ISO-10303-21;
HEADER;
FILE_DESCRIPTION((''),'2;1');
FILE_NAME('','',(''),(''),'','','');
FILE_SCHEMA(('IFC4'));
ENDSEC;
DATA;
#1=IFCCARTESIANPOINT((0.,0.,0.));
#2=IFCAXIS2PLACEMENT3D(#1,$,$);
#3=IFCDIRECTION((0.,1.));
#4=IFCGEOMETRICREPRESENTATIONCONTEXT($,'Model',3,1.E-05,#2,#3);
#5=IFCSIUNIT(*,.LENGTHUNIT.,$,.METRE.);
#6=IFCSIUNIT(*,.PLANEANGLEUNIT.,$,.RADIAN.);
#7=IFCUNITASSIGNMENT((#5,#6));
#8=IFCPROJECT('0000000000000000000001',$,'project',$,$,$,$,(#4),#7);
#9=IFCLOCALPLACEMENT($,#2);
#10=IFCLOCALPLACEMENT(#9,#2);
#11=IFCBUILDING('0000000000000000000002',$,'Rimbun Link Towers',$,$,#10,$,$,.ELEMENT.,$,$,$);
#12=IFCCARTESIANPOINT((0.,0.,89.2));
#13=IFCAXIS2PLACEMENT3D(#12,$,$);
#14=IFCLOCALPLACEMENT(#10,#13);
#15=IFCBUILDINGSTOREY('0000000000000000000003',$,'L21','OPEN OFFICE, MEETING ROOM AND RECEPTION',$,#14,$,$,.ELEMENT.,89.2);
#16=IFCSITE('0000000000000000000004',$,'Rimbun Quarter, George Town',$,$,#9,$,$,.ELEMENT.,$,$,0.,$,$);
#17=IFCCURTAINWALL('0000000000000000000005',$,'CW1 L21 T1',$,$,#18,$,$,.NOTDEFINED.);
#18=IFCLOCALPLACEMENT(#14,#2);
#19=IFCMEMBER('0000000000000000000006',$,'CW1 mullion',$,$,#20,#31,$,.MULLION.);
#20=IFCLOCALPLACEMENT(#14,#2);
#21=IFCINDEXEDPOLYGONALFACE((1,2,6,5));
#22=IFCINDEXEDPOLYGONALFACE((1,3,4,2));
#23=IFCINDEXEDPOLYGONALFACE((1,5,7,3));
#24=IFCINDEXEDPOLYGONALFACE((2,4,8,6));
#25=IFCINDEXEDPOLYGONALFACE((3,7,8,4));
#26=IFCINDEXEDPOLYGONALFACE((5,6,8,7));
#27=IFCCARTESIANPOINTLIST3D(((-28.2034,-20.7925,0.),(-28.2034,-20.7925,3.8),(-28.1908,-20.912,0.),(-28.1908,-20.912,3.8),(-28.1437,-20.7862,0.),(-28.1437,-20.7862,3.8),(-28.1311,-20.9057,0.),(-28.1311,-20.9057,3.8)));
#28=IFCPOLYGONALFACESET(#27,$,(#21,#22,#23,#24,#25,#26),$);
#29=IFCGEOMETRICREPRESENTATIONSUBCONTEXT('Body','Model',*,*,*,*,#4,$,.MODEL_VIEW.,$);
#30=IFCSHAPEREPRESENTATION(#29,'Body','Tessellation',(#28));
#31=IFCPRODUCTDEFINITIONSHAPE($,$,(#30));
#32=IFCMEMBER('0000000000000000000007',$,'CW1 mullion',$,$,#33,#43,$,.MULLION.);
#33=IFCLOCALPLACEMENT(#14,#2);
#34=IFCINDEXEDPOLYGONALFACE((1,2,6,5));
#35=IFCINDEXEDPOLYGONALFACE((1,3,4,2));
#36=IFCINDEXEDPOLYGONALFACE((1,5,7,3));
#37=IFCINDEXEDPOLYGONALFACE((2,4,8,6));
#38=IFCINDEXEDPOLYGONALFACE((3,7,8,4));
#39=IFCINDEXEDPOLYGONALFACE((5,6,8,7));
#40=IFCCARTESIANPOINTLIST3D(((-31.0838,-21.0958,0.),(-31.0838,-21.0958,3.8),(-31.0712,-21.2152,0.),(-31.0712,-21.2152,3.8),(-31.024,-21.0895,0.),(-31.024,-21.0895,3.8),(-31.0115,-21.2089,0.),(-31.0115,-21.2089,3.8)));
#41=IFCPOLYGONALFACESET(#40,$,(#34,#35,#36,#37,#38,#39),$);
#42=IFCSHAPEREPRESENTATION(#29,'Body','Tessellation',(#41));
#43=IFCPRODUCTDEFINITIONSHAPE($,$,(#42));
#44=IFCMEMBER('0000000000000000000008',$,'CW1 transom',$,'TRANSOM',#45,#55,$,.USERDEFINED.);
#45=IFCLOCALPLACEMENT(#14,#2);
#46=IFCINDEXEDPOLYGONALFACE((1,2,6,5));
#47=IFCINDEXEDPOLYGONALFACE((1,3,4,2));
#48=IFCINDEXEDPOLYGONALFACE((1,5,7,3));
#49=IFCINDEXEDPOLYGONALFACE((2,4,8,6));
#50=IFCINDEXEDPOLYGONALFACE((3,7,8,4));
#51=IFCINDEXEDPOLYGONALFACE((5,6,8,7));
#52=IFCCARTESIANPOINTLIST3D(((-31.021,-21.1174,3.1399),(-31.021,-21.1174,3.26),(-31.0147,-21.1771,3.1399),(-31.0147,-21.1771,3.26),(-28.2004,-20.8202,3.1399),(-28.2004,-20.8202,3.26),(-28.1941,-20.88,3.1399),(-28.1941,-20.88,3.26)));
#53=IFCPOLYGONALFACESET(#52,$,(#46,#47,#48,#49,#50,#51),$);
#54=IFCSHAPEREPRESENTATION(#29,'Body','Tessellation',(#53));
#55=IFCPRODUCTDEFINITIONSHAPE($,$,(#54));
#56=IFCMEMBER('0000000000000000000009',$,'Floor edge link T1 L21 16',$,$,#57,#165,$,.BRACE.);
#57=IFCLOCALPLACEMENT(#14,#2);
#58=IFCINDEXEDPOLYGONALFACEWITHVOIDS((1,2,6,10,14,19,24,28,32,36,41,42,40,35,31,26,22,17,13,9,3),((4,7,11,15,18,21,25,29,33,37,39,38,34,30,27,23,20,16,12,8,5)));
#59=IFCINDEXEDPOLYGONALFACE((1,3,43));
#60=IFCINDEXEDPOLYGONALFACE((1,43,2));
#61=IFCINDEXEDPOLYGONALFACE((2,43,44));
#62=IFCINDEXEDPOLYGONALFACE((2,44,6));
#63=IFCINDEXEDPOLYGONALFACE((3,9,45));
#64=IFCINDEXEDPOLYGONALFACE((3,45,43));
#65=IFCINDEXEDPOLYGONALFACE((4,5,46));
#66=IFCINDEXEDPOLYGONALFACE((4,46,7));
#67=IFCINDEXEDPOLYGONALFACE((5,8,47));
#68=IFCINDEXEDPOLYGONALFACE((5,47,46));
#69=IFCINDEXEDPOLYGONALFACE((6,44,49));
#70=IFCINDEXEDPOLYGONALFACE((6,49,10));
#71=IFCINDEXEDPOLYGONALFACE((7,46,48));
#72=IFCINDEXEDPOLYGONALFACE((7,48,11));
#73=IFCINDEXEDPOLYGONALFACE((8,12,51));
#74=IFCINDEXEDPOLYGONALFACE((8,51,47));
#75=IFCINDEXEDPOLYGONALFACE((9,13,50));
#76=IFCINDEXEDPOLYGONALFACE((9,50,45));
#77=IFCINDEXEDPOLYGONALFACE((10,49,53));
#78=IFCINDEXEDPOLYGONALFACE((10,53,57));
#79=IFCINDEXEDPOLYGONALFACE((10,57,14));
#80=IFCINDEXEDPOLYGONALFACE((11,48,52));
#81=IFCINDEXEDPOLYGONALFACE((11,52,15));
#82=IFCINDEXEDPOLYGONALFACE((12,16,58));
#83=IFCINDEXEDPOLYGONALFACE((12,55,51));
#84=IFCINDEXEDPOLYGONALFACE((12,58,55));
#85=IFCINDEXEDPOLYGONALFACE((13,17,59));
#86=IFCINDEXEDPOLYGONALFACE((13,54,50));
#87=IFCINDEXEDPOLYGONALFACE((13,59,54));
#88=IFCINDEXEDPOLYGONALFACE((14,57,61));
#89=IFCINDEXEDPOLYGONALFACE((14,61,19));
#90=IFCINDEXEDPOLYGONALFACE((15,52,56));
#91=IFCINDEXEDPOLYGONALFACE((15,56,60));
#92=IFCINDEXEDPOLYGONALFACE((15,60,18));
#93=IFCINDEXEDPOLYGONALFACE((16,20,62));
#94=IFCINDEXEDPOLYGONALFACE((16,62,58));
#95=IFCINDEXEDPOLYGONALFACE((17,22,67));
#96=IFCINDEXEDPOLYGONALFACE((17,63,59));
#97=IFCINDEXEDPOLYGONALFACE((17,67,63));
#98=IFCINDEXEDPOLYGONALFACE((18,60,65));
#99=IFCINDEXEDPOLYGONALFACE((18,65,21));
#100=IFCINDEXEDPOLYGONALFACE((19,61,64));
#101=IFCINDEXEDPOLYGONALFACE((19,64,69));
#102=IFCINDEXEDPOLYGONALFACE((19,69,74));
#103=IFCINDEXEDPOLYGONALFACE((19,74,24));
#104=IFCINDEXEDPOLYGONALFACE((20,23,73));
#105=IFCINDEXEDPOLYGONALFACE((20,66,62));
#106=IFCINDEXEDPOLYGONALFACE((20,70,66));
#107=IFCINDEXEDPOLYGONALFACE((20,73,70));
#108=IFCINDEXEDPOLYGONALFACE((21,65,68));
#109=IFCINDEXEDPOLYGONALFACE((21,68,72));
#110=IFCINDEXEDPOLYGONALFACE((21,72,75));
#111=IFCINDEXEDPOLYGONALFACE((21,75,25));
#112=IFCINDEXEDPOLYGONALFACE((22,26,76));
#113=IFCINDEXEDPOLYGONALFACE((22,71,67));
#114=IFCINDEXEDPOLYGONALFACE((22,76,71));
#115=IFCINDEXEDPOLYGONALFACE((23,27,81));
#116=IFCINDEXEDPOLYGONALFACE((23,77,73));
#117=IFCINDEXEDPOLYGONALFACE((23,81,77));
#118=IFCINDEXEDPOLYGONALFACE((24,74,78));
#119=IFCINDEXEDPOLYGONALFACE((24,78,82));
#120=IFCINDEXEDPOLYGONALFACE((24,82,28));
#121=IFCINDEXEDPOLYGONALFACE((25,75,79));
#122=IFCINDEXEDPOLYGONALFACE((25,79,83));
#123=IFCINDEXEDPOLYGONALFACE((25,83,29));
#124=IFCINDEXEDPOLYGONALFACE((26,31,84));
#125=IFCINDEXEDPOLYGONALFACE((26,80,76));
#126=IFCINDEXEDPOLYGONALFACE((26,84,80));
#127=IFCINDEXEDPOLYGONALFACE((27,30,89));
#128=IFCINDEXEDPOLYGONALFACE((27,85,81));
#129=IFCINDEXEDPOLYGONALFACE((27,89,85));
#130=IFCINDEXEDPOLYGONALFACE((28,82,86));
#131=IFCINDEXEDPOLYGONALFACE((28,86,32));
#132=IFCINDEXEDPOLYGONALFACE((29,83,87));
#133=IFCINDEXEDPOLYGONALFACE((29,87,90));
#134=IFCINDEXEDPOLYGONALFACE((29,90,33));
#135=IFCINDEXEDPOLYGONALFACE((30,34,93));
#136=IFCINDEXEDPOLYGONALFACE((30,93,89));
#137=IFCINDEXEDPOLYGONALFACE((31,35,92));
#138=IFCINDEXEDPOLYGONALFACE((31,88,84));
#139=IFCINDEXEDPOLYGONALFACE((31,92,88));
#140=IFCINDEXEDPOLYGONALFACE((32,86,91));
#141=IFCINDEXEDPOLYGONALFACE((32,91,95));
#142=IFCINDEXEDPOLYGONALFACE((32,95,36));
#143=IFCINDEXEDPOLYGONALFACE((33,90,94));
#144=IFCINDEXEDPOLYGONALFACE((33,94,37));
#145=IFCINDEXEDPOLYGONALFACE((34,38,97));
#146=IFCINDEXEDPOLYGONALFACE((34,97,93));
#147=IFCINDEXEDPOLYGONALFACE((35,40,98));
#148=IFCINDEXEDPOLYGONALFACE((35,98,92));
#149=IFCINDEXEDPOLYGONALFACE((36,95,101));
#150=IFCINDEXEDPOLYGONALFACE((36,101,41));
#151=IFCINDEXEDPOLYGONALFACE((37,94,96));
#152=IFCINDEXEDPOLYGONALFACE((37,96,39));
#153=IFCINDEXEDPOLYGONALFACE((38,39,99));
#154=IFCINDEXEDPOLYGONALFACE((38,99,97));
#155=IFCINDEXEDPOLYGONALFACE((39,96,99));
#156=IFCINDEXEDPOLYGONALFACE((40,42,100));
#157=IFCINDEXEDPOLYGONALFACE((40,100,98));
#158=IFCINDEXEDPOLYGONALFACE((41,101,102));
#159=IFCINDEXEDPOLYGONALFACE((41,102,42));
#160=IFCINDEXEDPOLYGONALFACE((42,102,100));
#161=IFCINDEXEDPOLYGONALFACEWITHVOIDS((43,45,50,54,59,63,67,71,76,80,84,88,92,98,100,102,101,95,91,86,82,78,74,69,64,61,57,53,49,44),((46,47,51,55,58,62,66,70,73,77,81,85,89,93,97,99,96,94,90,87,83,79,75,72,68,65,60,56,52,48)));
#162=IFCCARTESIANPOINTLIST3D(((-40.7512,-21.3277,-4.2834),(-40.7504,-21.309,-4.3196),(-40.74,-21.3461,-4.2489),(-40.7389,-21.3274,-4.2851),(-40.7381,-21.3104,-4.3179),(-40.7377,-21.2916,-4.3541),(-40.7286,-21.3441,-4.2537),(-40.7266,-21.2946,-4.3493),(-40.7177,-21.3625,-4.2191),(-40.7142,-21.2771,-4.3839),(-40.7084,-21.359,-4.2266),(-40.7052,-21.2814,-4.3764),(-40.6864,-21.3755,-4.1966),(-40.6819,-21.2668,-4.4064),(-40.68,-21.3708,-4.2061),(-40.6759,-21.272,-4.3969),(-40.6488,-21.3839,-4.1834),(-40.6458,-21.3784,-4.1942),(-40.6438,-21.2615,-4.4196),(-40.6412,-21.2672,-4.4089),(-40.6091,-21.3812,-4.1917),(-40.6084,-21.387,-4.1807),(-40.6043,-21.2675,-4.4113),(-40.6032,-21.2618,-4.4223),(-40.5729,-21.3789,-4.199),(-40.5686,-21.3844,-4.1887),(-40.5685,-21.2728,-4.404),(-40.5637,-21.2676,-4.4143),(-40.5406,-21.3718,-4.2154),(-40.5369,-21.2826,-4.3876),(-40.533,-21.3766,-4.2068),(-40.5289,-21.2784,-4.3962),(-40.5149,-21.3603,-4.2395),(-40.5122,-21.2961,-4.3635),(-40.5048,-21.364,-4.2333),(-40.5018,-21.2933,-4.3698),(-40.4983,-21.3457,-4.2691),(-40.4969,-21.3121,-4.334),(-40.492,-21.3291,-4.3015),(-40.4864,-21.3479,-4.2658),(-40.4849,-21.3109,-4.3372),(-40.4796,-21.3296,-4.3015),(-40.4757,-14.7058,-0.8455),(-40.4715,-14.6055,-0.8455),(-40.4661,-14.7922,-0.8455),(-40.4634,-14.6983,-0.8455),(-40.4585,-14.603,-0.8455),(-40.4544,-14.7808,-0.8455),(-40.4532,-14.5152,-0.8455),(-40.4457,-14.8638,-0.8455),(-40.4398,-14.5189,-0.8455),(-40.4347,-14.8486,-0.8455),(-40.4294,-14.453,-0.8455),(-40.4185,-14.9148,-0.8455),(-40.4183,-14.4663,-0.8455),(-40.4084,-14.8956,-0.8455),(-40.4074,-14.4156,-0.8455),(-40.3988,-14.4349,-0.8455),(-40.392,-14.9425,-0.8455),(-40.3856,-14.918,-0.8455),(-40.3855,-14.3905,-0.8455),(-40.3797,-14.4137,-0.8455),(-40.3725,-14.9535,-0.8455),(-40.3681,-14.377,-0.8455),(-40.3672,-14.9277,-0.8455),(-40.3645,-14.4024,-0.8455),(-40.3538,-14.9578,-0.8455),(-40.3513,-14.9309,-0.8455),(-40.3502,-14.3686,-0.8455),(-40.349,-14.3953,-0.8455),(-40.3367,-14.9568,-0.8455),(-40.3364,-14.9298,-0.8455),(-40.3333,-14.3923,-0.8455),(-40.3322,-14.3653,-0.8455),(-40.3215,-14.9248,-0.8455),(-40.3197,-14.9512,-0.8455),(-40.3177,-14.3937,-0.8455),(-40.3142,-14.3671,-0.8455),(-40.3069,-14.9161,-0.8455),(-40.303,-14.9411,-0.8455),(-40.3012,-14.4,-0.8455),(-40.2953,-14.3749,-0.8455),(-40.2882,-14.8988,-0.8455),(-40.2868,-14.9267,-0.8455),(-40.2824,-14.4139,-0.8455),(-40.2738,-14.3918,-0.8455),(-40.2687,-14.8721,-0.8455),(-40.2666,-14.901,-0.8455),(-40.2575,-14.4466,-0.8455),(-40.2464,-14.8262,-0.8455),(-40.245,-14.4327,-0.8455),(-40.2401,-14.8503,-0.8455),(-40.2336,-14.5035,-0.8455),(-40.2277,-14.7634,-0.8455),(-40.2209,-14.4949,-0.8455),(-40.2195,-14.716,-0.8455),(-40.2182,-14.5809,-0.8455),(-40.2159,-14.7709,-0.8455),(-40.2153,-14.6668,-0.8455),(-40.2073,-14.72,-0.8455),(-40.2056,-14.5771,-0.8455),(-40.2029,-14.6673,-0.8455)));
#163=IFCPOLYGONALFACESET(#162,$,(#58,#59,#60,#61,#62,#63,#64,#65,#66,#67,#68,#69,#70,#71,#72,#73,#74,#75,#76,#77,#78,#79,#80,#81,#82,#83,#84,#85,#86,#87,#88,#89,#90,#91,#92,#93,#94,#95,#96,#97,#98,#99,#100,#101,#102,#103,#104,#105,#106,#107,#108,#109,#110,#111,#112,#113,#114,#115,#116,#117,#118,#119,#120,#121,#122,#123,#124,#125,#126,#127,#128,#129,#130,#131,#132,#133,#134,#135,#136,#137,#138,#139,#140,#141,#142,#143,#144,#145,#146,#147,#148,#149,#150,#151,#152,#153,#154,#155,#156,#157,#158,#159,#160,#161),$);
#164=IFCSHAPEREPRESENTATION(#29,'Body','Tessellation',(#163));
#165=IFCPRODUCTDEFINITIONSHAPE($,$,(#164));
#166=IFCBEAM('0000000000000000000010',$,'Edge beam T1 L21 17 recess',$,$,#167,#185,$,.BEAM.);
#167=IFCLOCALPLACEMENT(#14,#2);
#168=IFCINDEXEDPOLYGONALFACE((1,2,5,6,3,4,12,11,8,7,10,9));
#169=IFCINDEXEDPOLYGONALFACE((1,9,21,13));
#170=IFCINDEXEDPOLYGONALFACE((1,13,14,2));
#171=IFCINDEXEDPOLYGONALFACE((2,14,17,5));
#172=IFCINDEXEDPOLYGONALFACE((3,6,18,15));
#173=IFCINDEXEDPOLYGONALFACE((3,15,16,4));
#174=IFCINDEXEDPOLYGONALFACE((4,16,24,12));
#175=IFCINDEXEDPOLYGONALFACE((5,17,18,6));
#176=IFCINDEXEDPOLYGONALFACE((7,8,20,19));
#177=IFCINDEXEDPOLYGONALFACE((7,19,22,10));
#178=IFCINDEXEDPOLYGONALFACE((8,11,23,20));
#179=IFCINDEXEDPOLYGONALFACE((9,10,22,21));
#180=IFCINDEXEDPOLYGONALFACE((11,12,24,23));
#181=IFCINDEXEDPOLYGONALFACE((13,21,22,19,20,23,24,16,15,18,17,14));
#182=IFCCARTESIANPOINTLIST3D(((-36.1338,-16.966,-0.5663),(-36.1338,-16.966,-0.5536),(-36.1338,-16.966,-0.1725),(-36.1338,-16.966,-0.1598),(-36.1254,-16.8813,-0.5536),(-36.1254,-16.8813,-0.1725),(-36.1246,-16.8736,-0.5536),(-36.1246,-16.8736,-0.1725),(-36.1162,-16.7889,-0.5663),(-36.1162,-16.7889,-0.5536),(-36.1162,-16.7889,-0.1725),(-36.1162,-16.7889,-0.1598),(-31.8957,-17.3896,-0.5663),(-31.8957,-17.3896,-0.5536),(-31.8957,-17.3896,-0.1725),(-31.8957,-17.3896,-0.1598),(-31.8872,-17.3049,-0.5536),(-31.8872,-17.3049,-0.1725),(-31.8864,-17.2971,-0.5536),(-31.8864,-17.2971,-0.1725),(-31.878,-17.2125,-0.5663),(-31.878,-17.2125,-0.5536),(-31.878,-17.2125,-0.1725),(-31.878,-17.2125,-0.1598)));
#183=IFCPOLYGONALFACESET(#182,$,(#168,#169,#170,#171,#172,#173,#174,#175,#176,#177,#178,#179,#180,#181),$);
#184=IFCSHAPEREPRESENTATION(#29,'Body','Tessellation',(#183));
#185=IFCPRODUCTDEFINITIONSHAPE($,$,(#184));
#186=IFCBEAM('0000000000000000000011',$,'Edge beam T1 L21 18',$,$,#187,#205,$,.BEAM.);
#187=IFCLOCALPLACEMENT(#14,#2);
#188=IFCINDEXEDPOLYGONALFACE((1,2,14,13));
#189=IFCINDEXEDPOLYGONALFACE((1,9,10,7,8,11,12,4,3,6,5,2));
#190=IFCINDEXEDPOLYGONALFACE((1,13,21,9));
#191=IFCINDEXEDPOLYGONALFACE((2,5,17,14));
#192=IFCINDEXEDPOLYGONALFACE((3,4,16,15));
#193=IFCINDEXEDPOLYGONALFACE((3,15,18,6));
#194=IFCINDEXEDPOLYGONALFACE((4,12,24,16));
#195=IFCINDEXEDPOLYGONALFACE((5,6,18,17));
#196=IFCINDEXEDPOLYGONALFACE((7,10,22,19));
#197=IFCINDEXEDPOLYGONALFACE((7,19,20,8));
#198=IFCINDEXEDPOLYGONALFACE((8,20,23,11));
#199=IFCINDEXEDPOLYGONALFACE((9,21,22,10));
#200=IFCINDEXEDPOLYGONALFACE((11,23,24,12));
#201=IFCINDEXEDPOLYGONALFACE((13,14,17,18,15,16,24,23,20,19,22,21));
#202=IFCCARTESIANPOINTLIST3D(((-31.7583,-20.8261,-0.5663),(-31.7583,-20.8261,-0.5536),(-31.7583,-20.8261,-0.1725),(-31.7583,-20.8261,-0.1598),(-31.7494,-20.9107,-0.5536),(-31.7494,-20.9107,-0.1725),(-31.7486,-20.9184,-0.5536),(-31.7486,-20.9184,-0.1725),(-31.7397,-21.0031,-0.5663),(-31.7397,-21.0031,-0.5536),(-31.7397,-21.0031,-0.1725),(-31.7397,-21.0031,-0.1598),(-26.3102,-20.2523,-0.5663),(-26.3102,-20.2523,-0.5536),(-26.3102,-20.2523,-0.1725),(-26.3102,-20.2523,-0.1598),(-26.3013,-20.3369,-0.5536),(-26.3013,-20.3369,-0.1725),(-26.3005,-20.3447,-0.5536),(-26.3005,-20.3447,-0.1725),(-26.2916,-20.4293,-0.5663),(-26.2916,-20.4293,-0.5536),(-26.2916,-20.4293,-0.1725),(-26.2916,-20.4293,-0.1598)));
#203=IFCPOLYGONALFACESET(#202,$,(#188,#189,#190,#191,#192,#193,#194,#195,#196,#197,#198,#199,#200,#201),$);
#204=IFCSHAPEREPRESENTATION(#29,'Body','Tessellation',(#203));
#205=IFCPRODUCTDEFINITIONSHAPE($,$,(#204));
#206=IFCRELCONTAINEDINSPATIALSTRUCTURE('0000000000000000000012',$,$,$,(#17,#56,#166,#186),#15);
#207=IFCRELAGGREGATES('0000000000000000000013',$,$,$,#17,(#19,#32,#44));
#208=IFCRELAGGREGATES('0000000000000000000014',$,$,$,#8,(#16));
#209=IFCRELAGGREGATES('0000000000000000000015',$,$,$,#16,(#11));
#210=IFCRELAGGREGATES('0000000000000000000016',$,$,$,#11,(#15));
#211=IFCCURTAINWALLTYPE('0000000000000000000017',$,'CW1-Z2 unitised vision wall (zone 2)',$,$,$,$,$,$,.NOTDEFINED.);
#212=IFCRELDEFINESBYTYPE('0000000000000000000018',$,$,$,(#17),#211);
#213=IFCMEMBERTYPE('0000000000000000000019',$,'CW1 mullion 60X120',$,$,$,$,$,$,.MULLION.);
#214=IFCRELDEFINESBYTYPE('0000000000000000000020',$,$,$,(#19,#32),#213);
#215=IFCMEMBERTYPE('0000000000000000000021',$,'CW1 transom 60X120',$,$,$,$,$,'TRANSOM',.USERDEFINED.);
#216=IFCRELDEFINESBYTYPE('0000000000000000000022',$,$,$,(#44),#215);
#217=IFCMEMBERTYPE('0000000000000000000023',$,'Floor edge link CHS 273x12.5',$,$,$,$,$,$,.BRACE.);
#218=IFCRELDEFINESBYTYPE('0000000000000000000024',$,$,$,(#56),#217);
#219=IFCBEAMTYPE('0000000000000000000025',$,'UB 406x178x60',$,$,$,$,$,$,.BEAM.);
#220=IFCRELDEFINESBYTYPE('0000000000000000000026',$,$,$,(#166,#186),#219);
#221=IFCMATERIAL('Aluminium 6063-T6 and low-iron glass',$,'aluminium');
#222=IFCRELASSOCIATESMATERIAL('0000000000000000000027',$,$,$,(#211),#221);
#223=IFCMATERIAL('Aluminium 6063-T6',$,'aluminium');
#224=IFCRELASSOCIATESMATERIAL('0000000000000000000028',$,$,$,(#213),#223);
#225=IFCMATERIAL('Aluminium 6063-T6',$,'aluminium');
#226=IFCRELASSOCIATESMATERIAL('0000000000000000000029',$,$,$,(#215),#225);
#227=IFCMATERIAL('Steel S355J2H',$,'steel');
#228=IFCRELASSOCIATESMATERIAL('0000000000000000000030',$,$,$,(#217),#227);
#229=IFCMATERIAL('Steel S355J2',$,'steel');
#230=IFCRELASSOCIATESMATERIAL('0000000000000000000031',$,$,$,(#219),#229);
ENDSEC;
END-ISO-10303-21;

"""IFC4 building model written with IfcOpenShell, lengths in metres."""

from ifc_helpers import new_model, si_unit, direction, frame, origin, origin_2d, place, context, subcontext, project, spatial, rectangle, hollow_circle, i_section, extrude, clip, halfspace, material, material_profile, profile_set, type_object, element, aggregate, save


model = new_model("IFC4")

# Units and contexts
model_context = context("Model", 3, precision=1e-05, world=origin(), true_north=direction((0.0, 1.0)))
body_context = subcontext(model_context, "Body", "Model", "MODEL_VIEW")
ifc_project = project(units=[si_unit("LENGTHUNIT", "METRE"), si_unit("PLANEANGLEUNIT", "RADIAN")], contexts=[model_context])

# Site, building, storey
site_placement = place(None, origin())
site = spatial("IfcSite", under=ifc_project, at=site_placement, Name="Rimbun Quarter, George Town", CompositionType="ELEMENT", RefElevation=0.0)
building_placement = place(site_placement, origin())
building = spatial("IfcBuilding", under=site, at=building_placement, Name="Rimbun Link Towers", CompositionType="ELEMENT")
storey_placement = place(building_placement, frame((0.0, 0.0, 89.2)))
storey = spatial("IfcBuildingStorey", under=building, at=storey_placement, Name="L21", Description="OPEN OFFICE, MEETING ROOM AND RECEPTION", CompositionType="ELEMENT", Elevation=89.2)

# Curtain wall, members
ifc_material_1 = material(Name="Aluminium 6063-T6 and low-iron glass", Category="aluminium")
curtain_wall_type = type_object("IfcCurtainWallType", Name="CW1-Z2 unitised vision wall (zone 2)", PredefinedType="NOTDEFINED", material=ifc_material_1)
curtain_wall_placement = place(storey_placement, origin())
curtain_wall = element("IfcCurtainWall", 1, at=curtain_wall_placement, inside=storey, type_object=curtain_wall_type, Name="CW1 L21 T1", PredefinedType="NOTDEFINED")
ifc_material_2 = material(Name="Aluminium 6063-T6", Category="aluminium")
ifc_material_profile_1 = material_profile(ifc_material_2, rectangle(XDim=0.1201, YDim=0.0601, at=origin_2d()), Name="MULLION 60X120")
ifc_profile_set_1 = profile_set([ifc_material_profile_1], Name="Aluminium 6063-T6")
member_type_1 = type_object("IfcMemberType", Name="CW1 mullion 60X120", PredefinedType="MULLION", material=ifc_profile_set_1)
member_1_placement = place(storey_placement, frame((-28.1672, -20.8491, 0.0), z_axis=(0.0, 0.0, 1.0), x_axis=(0.104736, -0.9945, 0.0)))
member_1 = element("IfcMember", 2, at=member_1_placement, type_object=member_type_1, Name="CW1 mullion", PredefinedType="MULLION", context=body_context, shape_type="SweptSolid", body=[
    extrude(rectangle(XDim=0.1201, YDim=0.0601, at=origin_2d()), origin(), (0.0, 0.0, 1.0), 3.8),
])
member_2_placement = place(storey_placement, frame((-31.0476, -21.1523, 0.0), z_axis=(0.0, 0.0, 1.0), x_axis=(0.104736, -0.9945, 0.0)))
member_2 = element("IfcMember", 3, at=member_2_placement, type_object=member_type_1, Name="CW1 mullion", PredefinedType="MULLION", context=body_context, shape_type="SweptSolid", body=[
    extrude(rectangle(XDim=0.1201, YDim=0.0601, at=origin_2d()), origin(), (0.0, 0.0, 1.0), 3.8),
])
ifc_material_3 = material(Name="Aluminium 6063-T6", Category="aluminium")
ifc_material_profile_2 = material_profile(ifc_material_3, rectangle(XDim=0.0601, YDim=0.1201, at=origin_2d()), Name="TRANSOM 60X120")
ifc_profile_set_2 = profile_set([ifc_material_profile_2], Name="Aluminium 6063-T6")
member_type_2 = type_object("IfcMemberType", Name="CW1 transom 60X120", ElementType="TRANSOM", PredefinedType="USERDEFINED", material=ifc_profile_set_2)
member_3_placement = place(storey_placement, frame((-28.1973, -20.8501, 3.2), z_axis=(-0.994497, -0.104761, 0.0), x_axis=(0.104761, -0.994497, 0.0)))
member_3 = element("IfcMember", 4, at=member_3_placement, type_object=member_type_2, Name="CW1 transom", ObjectType="TRANSOM", PredefinedType="USERDEFINED", context=body_context, shape_type="SweptSolid", body=[
    extrude(rectangle(XDim=0.0601, YDim=0.1201, at=origin_2d()), origin(), (0.0, 0.0, 1.0), 2.8362),
])

# Member
ifc_material_4 = material(Name="Steel S355J2H", Category="steel")
ifc_material_profile_3 = material_profile(ifc_material_4, hollow_circle(Radius=0.1365, WallThickness=0.0125, at=origin_2d()), Name="CHS 273x12.5")
ifc_profile_set_3 = profile_set([ifc_material_profile_3], Name="Steel S355J2H")
member_type_3 = type_object("IfcMemberType", Name="Floor edge link CHS 273x12.5", PredefinedType="BRACE", material=ifc_profile_set_3)
member_4_placement = place(storey_placement, frame((-40.3489, -14.8936, -0.9658), z_axis=(-0.036845, -0.887073, -0.460157), x_axis=(0.999139, -0.0415, 0.0)))
element("IfcMember", 5, at=member_4_placement, inside=storey, type_object=member_type_3, Name="Floor edge link T1 L21 16", PredefinedType="BRACE", context=body_context, shape_type="Clipping", body=[
    clip(extrude(hollow_circle(Radius=0.1365, WallThickness=0.0125, at=origin_2d()), frame((0.0, 0.0, -0.5483)), (0.0, 0.0, 1.0), 7.7974), halfspace(frame((0.0, 0.0, -0.2615), z_axis=(0.0, 0.887838, -0.460157)), False)),
])

# Beams
ifc_material_5 = material(Name="Steel S355J2", Category="steel")
ifc_material_profile_4 = material_profile(ifc_material_5, i_section(OverallWidth=0.178, OverallDepth=0.4065, WebThickness=0.0078, FlangeThickness=0.0127, at=origin_2d()), Name="UB 406x178x60")
ifc_profile_set_4 = profile_set([ifc_material_profile_4], Name="Steel S355J2")
beam_type_1 = type_object("IfcBeamType", Name="UB 406x178x60", PredefinedType="BEAM", material=ifc_profile_set_4)
beam_1_placement = place(storey_placement, frame((-36.125, -16.8774, -0.363), z_axis=(0.995043, -0.099447, 0.0), x_axis=(0.099447, 0.995043, 0.0)))
element("IfcBeam", 6, at=beam_1_placement, inside=storey, type_object=beam_type_1, Name="Edge beam T1 L21 17 recess", PredefinedType="BEAM", context=body_context, shape_type="SweptSolid", body=[
    extrude(i_section(OverallWidth=0.178, OverallDepth=0.4065, WebThickness=0.0078, FlangeThickness=0.0127, at=origin_2d()), origin(), (0.0, 0.0, 1.0), 4.2593),
])
beam_2_placement = place(storey_placement, frame((-31.749, -20.9146, -0.363), z_axis=(0.994501, 0.104727, 0.0), x_axis=(-0.104727, 0.994501, 0.0)))
element("IfcBeam", 7, at=beam_2_placement, inside=storey, type_object=beam_type_1, Name="Edge beam T1 L21 18", PredefinedType="BEAM", context=body_context, shape_type="SweptSolid", body=[
    extrude(i_section(OverallWidth=0.178, OverallDepth=0.4065, WebThickness=0.0078, FlangeThickness=0.0127, at=origin_2d()), origin(), (0.0, 0.0, 1.0), 5.4783),
])

aggregate(curtain_wall, [member_1, member_2, member_3])

save(model, "model.ifc")
